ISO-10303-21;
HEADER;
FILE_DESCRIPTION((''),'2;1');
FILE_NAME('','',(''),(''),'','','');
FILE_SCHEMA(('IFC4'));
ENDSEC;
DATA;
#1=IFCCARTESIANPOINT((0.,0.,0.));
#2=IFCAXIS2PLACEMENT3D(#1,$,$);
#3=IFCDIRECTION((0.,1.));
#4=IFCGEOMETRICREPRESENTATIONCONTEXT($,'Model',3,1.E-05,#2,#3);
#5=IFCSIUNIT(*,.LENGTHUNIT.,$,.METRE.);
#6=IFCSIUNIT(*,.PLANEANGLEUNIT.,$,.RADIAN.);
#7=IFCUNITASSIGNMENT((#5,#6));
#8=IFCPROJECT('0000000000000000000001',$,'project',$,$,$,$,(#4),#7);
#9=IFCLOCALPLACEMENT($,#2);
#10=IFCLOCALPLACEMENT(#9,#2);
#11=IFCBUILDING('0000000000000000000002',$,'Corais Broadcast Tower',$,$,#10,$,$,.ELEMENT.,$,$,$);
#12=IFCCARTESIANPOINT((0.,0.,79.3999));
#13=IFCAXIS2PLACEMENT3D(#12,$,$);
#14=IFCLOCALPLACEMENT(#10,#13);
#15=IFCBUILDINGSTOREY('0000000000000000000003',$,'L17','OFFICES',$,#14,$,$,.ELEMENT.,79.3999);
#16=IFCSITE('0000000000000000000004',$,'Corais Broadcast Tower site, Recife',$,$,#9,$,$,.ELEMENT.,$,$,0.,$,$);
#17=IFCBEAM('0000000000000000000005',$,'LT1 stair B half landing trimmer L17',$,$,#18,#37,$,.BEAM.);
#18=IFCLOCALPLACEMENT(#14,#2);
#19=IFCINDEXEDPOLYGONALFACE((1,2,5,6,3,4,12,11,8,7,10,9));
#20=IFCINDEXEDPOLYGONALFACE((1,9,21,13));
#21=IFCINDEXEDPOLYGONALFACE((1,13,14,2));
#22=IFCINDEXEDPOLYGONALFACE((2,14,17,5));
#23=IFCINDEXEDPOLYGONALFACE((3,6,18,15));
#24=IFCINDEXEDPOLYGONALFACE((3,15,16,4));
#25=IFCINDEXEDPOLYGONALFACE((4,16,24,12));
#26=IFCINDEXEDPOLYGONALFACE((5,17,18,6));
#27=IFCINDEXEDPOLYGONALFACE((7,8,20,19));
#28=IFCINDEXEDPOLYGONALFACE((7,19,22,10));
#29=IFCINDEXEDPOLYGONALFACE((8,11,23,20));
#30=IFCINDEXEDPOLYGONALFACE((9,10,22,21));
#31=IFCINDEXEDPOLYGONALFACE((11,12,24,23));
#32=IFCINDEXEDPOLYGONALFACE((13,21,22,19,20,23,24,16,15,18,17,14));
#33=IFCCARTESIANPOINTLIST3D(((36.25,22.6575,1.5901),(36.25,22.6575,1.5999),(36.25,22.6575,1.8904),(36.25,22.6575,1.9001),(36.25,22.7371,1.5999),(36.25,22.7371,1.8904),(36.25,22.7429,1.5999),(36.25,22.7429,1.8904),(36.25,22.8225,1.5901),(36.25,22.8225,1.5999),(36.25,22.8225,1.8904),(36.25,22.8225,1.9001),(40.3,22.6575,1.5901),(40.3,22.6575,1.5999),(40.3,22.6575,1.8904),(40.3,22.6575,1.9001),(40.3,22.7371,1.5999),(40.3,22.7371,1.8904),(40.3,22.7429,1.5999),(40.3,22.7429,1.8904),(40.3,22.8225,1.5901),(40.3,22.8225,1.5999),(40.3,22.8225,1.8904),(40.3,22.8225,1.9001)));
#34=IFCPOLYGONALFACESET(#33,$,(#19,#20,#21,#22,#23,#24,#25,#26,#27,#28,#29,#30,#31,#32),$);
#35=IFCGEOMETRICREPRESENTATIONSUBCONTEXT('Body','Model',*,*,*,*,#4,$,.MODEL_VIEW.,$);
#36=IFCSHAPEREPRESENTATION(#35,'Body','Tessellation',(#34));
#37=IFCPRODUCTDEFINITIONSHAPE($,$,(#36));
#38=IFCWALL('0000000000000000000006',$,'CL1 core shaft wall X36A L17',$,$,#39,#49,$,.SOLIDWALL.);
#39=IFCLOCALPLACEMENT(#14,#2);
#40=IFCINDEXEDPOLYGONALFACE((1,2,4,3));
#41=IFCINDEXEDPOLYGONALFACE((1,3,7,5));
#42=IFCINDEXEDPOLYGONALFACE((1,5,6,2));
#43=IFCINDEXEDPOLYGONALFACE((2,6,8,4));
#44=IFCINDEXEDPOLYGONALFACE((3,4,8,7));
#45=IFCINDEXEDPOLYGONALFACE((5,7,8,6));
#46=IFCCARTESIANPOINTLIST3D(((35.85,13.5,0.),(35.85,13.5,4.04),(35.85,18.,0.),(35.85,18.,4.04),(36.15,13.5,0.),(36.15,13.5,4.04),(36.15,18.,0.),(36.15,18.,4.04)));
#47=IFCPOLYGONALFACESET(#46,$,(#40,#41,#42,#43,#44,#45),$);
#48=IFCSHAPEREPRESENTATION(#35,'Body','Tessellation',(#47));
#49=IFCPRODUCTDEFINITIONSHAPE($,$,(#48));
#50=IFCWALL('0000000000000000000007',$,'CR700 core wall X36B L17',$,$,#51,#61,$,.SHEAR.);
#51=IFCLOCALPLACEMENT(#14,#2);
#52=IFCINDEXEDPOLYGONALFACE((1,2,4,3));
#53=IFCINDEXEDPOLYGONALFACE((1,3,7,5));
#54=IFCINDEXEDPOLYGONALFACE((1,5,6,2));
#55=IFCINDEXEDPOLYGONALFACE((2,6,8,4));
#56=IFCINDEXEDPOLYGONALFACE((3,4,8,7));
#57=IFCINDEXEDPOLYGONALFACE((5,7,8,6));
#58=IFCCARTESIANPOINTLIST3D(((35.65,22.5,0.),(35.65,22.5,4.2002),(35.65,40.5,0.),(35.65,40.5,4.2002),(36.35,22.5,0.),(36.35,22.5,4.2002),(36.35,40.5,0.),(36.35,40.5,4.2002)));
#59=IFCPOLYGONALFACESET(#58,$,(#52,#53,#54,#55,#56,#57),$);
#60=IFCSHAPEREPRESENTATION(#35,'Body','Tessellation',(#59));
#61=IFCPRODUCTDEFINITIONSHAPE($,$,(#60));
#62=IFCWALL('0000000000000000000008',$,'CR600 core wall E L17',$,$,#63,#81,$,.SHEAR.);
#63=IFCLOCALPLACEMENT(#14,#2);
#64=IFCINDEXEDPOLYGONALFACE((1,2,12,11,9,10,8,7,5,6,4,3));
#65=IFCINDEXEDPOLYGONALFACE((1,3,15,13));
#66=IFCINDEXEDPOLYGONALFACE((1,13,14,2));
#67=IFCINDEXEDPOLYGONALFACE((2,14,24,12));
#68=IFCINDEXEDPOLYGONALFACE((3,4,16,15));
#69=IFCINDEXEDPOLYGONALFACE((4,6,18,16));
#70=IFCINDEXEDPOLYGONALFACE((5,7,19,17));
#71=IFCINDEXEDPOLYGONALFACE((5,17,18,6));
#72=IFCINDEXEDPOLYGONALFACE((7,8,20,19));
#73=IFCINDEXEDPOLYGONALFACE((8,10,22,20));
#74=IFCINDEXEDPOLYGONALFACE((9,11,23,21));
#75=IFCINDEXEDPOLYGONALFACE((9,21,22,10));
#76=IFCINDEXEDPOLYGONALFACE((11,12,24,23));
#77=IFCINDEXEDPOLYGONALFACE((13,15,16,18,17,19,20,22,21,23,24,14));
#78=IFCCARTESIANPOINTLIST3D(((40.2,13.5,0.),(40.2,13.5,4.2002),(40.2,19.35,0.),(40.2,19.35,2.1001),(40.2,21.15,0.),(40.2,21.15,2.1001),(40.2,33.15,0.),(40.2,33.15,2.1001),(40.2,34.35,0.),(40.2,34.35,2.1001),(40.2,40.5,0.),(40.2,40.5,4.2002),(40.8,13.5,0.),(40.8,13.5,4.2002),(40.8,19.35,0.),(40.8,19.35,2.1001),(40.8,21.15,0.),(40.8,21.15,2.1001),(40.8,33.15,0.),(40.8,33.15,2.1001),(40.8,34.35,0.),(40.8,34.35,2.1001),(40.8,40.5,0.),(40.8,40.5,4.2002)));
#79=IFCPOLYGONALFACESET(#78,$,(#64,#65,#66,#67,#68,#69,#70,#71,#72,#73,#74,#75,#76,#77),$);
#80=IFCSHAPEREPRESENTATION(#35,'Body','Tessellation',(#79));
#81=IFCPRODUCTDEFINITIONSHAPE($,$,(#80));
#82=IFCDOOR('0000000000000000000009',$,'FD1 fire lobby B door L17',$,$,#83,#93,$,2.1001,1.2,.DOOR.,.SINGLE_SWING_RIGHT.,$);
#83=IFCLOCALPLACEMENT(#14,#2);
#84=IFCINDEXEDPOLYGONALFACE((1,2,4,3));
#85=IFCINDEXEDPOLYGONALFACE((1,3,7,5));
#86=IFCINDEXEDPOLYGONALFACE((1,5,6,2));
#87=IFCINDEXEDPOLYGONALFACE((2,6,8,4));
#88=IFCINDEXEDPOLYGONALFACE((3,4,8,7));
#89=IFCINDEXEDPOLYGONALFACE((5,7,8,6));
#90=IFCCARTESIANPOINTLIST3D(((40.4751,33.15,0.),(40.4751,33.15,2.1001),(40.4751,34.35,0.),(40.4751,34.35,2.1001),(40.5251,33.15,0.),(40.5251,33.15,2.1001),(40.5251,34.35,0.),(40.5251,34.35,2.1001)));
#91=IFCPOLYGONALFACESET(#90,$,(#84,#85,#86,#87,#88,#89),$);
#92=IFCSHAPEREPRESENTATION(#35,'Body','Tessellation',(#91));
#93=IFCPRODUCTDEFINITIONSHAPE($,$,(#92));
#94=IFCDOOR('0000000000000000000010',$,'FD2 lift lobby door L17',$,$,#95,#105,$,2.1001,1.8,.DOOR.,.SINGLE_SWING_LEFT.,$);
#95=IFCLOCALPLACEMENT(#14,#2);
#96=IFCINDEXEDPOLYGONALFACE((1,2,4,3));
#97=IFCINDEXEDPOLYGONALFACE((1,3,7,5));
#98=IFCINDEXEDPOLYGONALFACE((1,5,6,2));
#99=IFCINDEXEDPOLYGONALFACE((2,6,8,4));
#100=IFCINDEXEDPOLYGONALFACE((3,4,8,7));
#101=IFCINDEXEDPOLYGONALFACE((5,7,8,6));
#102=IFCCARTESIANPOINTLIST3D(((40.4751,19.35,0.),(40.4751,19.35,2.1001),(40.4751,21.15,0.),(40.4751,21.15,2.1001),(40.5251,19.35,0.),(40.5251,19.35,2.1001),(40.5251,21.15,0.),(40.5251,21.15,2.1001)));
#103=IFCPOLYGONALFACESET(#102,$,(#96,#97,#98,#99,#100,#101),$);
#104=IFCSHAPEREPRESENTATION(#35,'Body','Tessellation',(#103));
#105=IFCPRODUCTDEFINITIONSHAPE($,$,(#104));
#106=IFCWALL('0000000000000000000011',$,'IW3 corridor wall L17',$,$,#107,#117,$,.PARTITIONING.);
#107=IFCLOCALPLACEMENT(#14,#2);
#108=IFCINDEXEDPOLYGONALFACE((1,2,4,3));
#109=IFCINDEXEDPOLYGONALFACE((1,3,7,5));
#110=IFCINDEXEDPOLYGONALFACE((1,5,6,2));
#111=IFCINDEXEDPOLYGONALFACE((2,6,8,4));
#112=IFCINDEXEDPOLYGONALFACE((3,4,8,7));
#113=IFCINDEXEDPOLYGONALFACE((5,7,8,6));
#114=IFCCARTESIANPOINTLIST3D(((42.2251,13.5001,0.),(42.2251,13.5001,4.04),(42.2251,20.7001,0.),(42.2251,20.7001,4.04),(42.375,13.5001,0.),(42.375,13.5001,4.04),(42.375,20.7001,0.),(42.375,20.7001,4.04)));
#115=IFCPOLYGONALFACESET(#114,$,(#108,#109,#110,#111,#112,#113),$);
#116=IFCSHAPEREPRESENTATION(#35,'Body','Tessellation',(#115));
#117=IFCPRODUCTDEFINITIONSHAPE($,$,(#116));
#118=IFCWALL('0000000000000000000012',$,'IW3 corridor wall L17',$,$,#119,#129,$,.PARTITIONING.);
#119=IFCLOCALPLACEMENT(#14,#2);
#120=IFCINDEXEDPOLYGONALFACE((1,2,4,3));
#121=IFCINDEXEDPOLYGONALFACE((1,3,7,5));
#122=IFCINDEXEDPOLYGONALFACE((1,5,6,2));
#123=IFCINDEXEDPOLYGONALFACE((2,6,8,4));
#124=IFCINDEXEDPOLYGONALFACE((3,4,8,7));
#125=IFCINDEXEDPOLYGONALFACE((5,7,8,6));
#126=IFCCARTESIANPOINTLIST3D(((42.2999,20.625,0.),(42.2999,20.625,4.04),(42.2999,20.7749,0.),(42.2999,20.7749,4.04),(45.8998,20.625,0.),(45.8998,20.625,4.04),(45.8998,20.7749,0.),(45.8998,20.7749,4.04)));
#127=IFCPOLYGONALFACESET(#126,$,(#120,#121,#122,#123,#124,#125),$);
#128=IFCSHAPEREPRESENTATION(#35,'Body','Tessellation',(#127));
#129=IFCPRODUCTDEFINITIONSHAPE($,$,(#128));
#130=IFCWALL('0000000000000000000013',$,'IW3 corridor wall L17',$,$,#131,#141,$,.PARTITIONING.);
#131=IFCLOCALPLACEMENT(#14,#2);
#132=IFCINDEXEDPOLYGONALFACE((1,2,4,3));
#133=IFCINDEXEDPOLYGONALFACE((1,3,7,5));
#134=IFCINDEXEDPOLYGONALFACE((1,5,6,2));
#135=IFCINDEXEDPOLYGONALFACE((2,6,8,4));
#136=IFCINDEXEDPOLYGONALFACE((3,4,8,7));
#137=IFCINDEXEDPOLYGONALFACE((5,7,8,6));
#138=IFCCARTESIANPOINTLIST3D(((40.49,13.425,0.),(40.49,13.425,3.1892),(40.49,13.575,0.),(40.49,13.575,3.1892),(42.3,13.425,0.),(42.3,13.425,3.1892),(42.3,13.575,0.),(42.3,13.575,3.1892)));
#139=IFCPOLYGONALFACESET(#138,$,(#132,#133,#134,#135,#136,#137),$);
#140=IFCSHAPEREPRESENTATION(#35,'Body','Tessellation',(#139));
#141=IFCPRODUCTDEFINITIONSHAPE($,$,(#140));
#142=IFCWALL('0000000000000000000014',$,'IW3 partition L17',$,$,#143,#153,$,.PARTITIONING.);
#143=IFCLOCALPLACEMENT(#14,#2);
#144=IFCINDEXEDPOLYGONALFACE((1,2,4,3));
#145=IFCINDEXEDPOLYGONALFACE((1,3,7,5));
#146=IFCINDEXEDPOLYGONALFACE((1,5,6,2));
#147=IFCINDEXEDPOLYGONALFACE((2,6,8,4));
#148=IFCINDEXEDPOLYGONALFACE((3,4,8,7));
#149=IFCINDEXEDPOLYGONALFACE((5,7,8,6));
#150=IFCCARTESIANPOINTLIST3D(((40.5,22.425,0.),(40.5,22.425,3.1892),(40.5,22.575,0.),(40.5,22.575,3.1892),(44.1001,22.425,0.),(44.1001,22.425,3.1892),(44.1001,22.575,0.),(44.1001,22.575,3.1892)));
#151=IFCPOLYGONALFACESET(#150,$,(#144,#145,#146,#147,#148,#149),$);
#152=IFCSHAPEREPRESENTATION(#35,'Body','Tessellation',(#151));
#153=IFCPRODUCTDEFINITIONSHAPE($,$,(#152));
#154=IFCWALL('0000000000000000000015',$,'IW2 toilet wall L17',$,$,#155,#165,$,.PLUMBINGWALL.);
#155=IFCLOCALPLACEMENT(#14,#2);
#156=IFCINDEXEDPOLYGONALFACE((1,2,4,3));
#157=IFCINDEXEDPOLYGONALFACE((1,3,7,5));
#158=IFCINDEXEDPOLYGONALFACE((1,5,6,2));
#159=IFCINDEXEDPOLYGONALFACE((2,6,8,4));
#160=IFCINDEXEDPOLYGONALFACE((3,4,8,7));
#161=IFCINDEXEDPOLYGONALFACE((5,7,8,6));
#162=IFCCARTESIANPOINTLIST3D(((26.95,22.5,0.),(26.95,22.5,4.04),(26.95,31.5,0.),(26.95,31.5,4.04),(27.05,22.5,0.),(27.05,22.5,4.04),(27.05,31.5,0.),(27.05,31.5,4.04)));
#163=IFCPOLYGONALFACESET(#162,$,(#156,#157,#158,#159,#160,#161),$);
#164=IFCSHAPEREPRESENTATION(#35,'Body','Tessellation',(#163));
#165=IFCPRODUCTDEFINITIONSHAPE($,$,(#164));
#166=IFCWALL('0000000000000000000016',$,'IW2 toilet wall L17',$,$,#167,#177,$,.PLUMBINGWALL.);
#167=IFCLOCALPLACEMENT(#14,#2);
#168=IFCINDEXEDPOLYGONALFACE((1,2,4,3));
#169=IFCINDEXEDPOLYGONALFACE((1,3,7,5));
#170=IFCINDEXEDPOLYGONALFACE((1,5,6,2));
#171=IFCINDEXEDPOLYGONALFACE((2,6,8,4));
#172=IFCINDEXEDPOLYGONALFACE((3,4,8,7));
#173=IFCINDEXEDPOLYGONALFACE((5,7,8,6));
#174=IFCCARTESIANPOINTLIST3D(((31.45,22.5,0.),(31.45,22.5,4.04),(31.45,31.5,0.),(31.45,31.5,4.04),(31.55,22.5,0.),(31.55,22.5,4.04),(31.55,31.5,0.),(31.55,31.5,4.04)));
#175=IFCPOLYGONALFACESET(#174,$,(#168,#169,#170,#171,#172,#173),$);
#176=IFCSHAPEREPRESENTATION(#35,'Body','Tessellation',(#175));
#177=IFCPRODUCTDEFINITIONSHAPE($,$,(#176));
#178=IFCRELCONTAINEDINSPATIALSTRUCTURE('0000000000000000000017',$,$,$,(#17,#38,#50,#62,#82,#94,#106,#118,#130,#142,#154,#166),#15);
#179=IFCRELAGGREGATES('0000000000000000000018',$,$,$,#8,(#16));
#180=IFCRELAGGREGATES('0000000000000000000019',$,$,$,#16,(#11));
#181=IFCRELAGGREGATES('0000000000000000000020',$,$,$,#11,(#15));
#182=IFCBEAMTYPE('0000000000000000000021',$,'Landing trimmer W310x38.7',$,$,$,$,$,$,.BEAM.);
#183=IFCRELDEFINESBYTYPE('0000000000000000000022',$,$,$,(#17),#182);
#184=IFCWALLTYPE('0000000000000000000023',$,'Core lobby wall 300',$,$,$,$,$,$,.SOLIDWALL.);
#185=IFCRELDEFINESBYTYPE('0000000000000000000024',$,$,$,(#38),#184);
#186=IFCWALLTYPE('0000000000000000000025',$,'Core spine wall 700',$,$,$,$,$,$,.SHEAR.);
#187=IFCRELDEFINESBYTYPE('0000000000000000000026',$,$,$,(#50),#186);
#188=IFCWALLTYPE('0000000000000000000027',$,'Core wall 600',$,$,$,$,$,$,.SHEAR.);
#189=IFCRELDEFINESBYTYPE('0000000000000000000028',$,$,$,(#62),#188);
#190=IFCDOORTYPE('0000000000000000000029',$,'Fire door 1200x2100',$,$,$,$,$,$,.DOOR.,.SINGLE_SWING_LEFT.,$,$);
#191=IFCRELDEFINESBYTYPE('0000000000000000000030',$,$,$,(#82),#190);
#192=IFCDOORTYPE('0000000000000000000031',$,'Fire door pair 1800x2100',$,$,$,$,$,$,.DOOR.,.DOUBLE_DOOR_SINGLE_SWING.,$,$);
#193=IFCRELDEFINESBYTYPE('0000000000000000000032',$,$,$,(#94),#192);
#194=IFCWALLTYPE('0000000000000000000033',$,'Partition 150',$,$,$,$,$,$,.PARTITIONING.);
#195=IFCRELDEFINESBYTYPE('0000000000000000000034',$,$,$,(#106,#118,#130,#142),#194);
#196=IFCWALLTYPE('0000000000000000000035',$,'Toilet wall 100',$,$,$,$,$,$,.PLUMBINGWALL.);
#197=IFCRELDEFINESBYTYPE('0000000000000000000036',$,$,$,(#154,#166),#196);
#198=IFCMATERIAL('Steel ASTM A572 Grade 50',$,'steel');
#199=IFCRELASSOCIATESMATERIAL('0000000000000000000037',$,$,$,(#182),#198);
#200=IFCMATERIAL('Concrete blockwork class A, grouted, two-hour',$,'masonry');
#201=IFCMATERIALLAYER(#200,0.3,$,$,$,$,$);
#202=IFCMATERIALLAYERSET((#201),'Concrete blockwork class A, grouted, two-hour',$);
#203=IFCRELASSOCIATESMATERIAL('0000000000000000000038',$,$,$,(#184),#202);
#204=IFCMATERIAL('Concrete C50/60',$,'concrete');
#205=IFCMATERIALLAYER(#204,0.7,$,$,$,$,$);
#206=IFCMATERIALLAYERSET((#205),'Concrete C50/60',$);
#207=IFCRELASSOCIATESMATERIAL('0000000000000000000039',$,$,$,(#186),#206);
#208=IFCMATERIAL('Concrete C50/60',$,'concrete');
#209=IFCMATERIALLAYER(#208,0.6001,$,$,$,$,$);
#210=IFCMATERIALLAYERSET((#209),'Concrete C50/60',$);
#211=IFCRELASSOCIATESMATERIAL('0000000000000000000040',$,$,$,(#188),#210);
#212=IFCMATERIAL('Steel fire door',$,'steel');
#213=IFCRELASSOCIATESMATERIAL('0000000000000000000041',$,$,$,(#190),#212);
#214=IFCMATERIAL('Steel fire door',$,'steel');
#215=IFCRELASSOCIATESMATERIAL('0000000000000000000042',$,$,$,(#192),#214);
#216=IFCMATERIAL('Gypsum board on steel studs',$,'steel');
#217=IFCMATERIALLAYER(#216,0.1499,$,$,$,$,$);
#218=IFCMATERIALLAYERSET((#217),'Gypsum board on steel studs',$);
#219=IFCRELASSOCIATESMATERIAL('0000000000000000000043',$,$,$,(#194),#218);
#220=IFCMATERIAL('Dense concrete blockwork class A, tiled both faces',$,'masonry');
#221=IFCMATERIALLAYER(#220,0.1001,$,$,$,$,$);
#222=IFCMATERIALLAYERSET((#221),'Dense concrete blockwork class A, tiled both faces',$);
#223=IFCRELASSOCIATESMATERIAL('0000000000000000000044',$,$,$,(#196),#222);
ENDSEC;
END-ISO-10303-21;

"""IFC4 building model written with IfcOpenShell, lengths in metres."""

from ifc_helpers import new_model, si_unit, direction, frame, frame_2d, origin, origin_2d, place, context, subcontext, project, spatial, rectangle, i_section, extrude, material, layer, layer_set, material_profile, profile_set, type_object, element, fill, save


model = new_model("IFC4")

# Units and contexts
model_context = context("Model", 3, precision=1e-05, world=origin(), true_north=direction((0.0, 1.0)))
body_context = subcontext(model_context, "Body", "Model", "MODEL_VIEW")
ifc_project = project(units=[si_unit("LENGTHUNIT", "METRE"), si_unit("PLANEANGLEUNIT", "RADIAN")], contexts=[model_context])

# Site, building, storey
site_placement = place(None, origin())
site = spatial("IfcSite", under=ifc_project, at=site_placement, Name="Corais Broadcast Tower site, Recife", CompositionType="ELEMENT", RefElevation=0.0)
building_placement = place(site_placement, origin())
building = spatial("IfcBuilding", under=site, at=building_placement, Name="Corais Broadcast Tower", CompositionType="ELEMENT")
storey_placement = place(building_placement, frame((0.0, 0.0, 79.3999)))
storey = spatial("IfcBuildingStorey", under=building, at=storey_placement, Name="L17", Description="OFFICES", CompositionType="ELEMENT", Elevation=79.3999)

# Beam
ifc_material_1 = material(Name="Steel ASTM A572 Grade 50", Category="steel")
ifc_material_profile = material_profile(ifc_material_1, i_section(OverallWidth=0.165, OverallDepth=0.3101, WebThickness=0.0059, FlangeThickness=0.0098, at=origin_2d()), Name="W310x38.7")
ifc_profile_set = profile_set([ifc_material_profile], Name="Steel ASTM A572 Grade 50")
beam_type = type_object("IfcBeamType", Name="Landing trimmer W310x38.7", PredefinedType="BEAM", material=ifc_profile_set)
beam_placement = place(storey_placement, frame((36.25, 22.74, 1.7451), z_axis=(1.0, 0.0, 0.0), x_axis=(0.0, 1.0, 0.0)))
element("IfcBeam", 1, at=beam_placement, inside=storey, type_object=beam_type, Name="LT1 stair B half landing trimmer L17", PredefinedType="BEAM", context=body_context, shape_type="SweptSolid", body=[
    extrude(i_section(OverallWidth=0.165, OverallDepth=0.3101, WebThickness=0.0059, FlangeThickness=0.0098, at=origin_2d()), origin(), (0.0, 0.0, 1.0), 4.05),
])

# Walls
ifc_material_2 = material(Name="Concrete blockwork class A, grouted, two-hour", Category="masonry")
ifc_layer_1 = layer(ifc_material_2, 0.3)
ifc_layer_set_1 = layer_set([ifc_layer_1], Name="Concrete blockwork class A, grouted, two-hour")
wall_type_1 = type_object("IfcWallType", Name="Core lobby wall 300", PredefinedType="SOLIDWALL", material=ifc_layer_set_1)
wall_1_placement = place(storey_placement, frame((36.0, 13.5, 0.0), z_axis=(0.0, 0.0, 1.0), x_axis=(0.0, 1.0, 0.0)))
element("IfcWall", 2, at=wall_1_placement, inside=storey, type_object=wall_type_1, Name="CL1 core shaft wall X36A L17", PredefinedType="SOLIDWALL", context=body_context, shape_type="SweptSolid", body=[
    extrude(rectangle(XDim=4.5, YDim=0.3, at=frame_2d((2.25, 0.0))), origin(), (0.0, 0.0, 1.0), 4.04),
])
ifc_material_3 = material(Name="Concrete C50/60", Category="concrete")
ifc_layer_2 = layer(ifc_material_3, 0.7)
ifc_layer_set_2 = layer_set([ifc_layer_2], Name="Concrete C50/60")
wall_type_2 = type_object("IfcWallType", Name="Core spine wall 700", PredefinedType="SHEAR", material=ifc_layer_set_2)
wall_2_placement = place(storey_placement, frame((36.0, 22.5, 0.0), z_axis=(0.0, 0.0, 1.0), x_axis=(0.0, 1.0, 0.0)))
element("IfcWall", 3, at=wall_2_placement, inside=storey, type_object=wall_type_2, Name="CR700 core wall X36B L17", PredefinedType="SHEAR", context=body_context, shape_type="SweptSolid", body=[
    extrude(rectangle(XDim=18.0, YDim=0.7, at=frame_2d((9.0, 0.0))), origin(), (0.0, 0.0, 1.0), 4.2002),
])

# Wall, openings, doors
ifc_material_4 = material(Name="Concrete C50/60", Category="concrete")
ifc_layer_3 = layer(ifc_material_4, 0.6001)
ifc_layer_set_3 = layer_set([ifc_layer_3], Name="Concrete C50/60")
wall_type_3 = type_object("IfcWallType", Name="Core wall 600", PredefinedType="SHEAR", material=ifc_layer_set_3)
wall_3_placement = place(storey_placement, frame((40.5, 13.5, 0.0), z_axis=(0.0, 0.0, 1.0), x_axis=(0.0, 1.0, 0.0)))
wall_3 = element("IfcWall", 4, at=wall_3_placement, inside=storey, type_object=wall_type_3, Name="CR600 core wall E L17", PredefinedType="SHEAR", context=body_context, shape_type="SweptSolid", body=[
    extrude(rectangle(XDim=27.0, YDim=0.6001, at=frame_2d((13.5, 0.0))), origin(), (0.0, 0.0, 1.0), 4.2002),
])
opening_1_placement = place(wall_3_placement, frame((5.8501, 0.0, 0.0)))
opening_1 = element("IfcOpeningElement", 5, at=opening_1_placement, cuts=wall_3, PredefinedType="OPENING", context=body_context, shape_type="SweptSolid", body=[
    extrude(rectangle(XDim=1.8, YDim=2.1001, at=frame_2d((0.8999, 1.05))), frame((0.0, 0.3101, 0.0), z_axis=(0.0, -1.0, 0.0), x_axis=(1.0, 0.0, 0.0)), (0.0, 0.0, 1.0), 0.6201),
])
opening_2_placement = place(wall_3_placement, frame((19.6499, 0.0, 0.0)))
opening_2 = element("IfcOpeningElement", 6, at=opening_2_placement, cuts=wall_3, PredefinedType="OPENING", context=body_context, shape_type="SweptSolid", body=[
    extrude(rectangle(XDim=1.2, YDim=2.1001, at=frame_2d((0.6001, 1.05))), frame((0.0, 0.3101, 0.0), z_axis=(0.0, -1.0, 0.0), x_axis=(1.0, 0.0, 0.0)), (0.0, 0.0, 1.0), 0.6201),
])
ifc_material_5 = material(Name="Steel fire door", Category="steel")
door_type_1 = type_object("IfcDoorType", Name="Fire door 1200x2100", OperationType="SINGLE_SWING_LEFT", PredefinedType="DOOR", material=ifc_material_5)
door_1_placement = place(opening_2_placement, origin())
door_1 = element("IfcDoor", 7, at=door_1_placement, inside=storey, type_object=door_type_1, Name="FD1 fire lobby B door L17", OperationType="SINGLE_SWING_RIGHT", OverallHeight=2.1001, OverallWidth=1.2, PredefinedType="DOOR", context=body_context, shape_type="SweptSolid", body=[
    extrude(rectangle(XDim=1.2, YDim=2.1001, at=frame_2d((0.6001, 1.05))), frame((0.0, 0.0249, 0.0), z_axis=(0.0, -1.0, 0.0), x_axis=(1.0, 0.0, 0.0)), (0.0, 0.0, 1.0), 0.05),
])
fill(opening_2, door_1)
ifc_material_6 = material(Name="Steel fire door", Category="steel")
door_type_2 = type_object("IfcDoorType", Name="Fire door pair 1800x2100", OperationType="DOUBLE_DOOR_SINGLE_SWING", PredefinedType="DOOR", material=ifc_material_6)
door_2_placement = place(opening_1_placement, origin())
door_2 = element("IfcDoor", 8, at=door_2_placement, inside=storey, type_object=door_type_2, Name="FD2 lift lobby door L17", OperationType="SINGLE_SWING_LEFT", OverallHeight=2.1001, OverallWidth=1.8, PredefinedType="DOOR", context=body_context, shape_type="SweptSolid", body=[
    extrude(rectangle(XDim=1.8, YDim=2.1001, at=frame_2d((0.8999, 1.05))), frame((0.0, 0.0249, 0.0), z_axis=(0.0, -1.0, 0.0), x_axis=(1.0, 0.0, 0.0)), (0.0, 0.0, 1.0), 0.05),
])
fill(opening_1, door_2)

# Walls
ifc_material_7 = material(Name="Gypsum board on steel studs", Category="steel")
ifc_layer_4 = layer(ifc_material_7, 0.1499)
ifc_layer_set_4 = layer_set([ifc_layer_4], Name="Gypsum board on steel studs")
wall_type_4 = type_object("IfcWallType", Name="Partition 150", PredefinedType="PARTITIONING", material=ifc_layer_set_4)
wall_4_placement = place(storey_placement, frame((42.3, 13.5, 0.0), z_axis=(0.0, 0.0, 1.0), x_axis=(0.0, 1.0, 0.0)))
element("IfcWall", 9, at=wall_4_placement, inside=storey, type_object=wall_type_4, Name="IW3 corridor wall L17", PredefinedType="PARTITIONING", context=body_context, shape_type="SweptSolid", body=[
    extrude(rectangle(XDim=7.2, YDim=0.1499, at=frame_2d((3.6001, 0.0))), origin(), (0.0, 0.0, 1.0), 4.04),
])
wall_5_placement = place(storey_placement, frame((42.3, 20.7, 0.0), z_axis=(0.0, 0.0, 1.0), x_axis=(1.0, 0.0, 0.0)))
element("IfcWall", 10, at=wall_5_placement, inside=storey, type_object=wall_type_4, Name="IW3 corridor wall L17", PredefinedType="PARTITIONING", context=body_context, shape_type="SweptSolid", body=[
    extrude(rectangle(XDim=3.5999, YDim=0.1499, at=frame_2d((1.7998, 0.0))), origin(), (0.0, 0.0, 1.0), 4.04),
])
wall_6_placement = place(storey_placement, frame((40.49, 13.5, 0.0), z_axis=(0.0, 0.0, 1.0), x_axis=(1.0, 0.0, 0.0)))
element("IfcWall", 11, at=wall_6_placement, inside=storey, type_object=wall_type_4, Name="IW3 corridor wall L17", PredefinedType="PARTITIONING", context=body_context, shape_type="SweptSolid", body=[
    extrude(rectangle(XDim=1.8101, YDim=0.1499, at=frame_2d((0.905, 0.0))), origin(), (0.0, 0.0, 1.0), 3.1892),
])
wall_7_placement = place(storey_placement, frame((40.5, 22.5, 0.0), z_axis=(0.0, 0.0, 1.0), x_axis=(1.0, 0.0, 0.0)))
element("IfcWall", 12, at=wall_7_placement, inside=storey, type_object=wall_type_4, Name="IW3 partition L17", PredefinedType="PARTITIONING", context=body_context, shape_type="SweptSolid", body=[
    extrude(rectangle(XDim=3.6001, YDim=0.1499, at=frame_2d((1.8, 0.0))), origin(), (0.0, 0.0, 1.0), 3.1892),
])
ifc_material_8 = material(Name="Dense concrete blockwork class A, tiled both faces", Category="masonry")
ifc_layer_5 = layer(ifc_material_8, 0.1001)
ifc_layer_set_5 = layer_set([ifc_layer_5], Name="Dense concrete blockwork class A, tiled both faces")
wall_type_5 = type_object("IfcWallType", Name="Toilet wall 100", PredefinedType="PLUMBINGWALL", material=ifc_layer_set_5)
for number, where, z_axis, x_axis, name in (
    (13, (27.0, 22.5, 0.0), (0.0, 0.0, 1.0), (0.0, 1.0, 0.0), "IW2 toilet wall L17"),
    (14, (31.5, 22.5, 0.0), (0.0, 0.0, 1.0), (0.0, 1.0, 0.0), "IW2 toilet wall L17"),
):
    element("IfcWall", number, at=place(storey_placement, frame(where, z_axis=z_axis, x_axis=x_axis)), inside=storey, type_object=wall_type_5, Name=name, PredefinedType="PLUMBINGWALL", context=body_context, shape_type="SweptSolid", body=[
        extrude(rectangle(XDim=9.0, YDim=0.1001, at=frame_2d((4.5, 0.0))), origin(), (0.0, 0.0, 1.0), 4.04),
    ])

save(model, "model.ifc")
